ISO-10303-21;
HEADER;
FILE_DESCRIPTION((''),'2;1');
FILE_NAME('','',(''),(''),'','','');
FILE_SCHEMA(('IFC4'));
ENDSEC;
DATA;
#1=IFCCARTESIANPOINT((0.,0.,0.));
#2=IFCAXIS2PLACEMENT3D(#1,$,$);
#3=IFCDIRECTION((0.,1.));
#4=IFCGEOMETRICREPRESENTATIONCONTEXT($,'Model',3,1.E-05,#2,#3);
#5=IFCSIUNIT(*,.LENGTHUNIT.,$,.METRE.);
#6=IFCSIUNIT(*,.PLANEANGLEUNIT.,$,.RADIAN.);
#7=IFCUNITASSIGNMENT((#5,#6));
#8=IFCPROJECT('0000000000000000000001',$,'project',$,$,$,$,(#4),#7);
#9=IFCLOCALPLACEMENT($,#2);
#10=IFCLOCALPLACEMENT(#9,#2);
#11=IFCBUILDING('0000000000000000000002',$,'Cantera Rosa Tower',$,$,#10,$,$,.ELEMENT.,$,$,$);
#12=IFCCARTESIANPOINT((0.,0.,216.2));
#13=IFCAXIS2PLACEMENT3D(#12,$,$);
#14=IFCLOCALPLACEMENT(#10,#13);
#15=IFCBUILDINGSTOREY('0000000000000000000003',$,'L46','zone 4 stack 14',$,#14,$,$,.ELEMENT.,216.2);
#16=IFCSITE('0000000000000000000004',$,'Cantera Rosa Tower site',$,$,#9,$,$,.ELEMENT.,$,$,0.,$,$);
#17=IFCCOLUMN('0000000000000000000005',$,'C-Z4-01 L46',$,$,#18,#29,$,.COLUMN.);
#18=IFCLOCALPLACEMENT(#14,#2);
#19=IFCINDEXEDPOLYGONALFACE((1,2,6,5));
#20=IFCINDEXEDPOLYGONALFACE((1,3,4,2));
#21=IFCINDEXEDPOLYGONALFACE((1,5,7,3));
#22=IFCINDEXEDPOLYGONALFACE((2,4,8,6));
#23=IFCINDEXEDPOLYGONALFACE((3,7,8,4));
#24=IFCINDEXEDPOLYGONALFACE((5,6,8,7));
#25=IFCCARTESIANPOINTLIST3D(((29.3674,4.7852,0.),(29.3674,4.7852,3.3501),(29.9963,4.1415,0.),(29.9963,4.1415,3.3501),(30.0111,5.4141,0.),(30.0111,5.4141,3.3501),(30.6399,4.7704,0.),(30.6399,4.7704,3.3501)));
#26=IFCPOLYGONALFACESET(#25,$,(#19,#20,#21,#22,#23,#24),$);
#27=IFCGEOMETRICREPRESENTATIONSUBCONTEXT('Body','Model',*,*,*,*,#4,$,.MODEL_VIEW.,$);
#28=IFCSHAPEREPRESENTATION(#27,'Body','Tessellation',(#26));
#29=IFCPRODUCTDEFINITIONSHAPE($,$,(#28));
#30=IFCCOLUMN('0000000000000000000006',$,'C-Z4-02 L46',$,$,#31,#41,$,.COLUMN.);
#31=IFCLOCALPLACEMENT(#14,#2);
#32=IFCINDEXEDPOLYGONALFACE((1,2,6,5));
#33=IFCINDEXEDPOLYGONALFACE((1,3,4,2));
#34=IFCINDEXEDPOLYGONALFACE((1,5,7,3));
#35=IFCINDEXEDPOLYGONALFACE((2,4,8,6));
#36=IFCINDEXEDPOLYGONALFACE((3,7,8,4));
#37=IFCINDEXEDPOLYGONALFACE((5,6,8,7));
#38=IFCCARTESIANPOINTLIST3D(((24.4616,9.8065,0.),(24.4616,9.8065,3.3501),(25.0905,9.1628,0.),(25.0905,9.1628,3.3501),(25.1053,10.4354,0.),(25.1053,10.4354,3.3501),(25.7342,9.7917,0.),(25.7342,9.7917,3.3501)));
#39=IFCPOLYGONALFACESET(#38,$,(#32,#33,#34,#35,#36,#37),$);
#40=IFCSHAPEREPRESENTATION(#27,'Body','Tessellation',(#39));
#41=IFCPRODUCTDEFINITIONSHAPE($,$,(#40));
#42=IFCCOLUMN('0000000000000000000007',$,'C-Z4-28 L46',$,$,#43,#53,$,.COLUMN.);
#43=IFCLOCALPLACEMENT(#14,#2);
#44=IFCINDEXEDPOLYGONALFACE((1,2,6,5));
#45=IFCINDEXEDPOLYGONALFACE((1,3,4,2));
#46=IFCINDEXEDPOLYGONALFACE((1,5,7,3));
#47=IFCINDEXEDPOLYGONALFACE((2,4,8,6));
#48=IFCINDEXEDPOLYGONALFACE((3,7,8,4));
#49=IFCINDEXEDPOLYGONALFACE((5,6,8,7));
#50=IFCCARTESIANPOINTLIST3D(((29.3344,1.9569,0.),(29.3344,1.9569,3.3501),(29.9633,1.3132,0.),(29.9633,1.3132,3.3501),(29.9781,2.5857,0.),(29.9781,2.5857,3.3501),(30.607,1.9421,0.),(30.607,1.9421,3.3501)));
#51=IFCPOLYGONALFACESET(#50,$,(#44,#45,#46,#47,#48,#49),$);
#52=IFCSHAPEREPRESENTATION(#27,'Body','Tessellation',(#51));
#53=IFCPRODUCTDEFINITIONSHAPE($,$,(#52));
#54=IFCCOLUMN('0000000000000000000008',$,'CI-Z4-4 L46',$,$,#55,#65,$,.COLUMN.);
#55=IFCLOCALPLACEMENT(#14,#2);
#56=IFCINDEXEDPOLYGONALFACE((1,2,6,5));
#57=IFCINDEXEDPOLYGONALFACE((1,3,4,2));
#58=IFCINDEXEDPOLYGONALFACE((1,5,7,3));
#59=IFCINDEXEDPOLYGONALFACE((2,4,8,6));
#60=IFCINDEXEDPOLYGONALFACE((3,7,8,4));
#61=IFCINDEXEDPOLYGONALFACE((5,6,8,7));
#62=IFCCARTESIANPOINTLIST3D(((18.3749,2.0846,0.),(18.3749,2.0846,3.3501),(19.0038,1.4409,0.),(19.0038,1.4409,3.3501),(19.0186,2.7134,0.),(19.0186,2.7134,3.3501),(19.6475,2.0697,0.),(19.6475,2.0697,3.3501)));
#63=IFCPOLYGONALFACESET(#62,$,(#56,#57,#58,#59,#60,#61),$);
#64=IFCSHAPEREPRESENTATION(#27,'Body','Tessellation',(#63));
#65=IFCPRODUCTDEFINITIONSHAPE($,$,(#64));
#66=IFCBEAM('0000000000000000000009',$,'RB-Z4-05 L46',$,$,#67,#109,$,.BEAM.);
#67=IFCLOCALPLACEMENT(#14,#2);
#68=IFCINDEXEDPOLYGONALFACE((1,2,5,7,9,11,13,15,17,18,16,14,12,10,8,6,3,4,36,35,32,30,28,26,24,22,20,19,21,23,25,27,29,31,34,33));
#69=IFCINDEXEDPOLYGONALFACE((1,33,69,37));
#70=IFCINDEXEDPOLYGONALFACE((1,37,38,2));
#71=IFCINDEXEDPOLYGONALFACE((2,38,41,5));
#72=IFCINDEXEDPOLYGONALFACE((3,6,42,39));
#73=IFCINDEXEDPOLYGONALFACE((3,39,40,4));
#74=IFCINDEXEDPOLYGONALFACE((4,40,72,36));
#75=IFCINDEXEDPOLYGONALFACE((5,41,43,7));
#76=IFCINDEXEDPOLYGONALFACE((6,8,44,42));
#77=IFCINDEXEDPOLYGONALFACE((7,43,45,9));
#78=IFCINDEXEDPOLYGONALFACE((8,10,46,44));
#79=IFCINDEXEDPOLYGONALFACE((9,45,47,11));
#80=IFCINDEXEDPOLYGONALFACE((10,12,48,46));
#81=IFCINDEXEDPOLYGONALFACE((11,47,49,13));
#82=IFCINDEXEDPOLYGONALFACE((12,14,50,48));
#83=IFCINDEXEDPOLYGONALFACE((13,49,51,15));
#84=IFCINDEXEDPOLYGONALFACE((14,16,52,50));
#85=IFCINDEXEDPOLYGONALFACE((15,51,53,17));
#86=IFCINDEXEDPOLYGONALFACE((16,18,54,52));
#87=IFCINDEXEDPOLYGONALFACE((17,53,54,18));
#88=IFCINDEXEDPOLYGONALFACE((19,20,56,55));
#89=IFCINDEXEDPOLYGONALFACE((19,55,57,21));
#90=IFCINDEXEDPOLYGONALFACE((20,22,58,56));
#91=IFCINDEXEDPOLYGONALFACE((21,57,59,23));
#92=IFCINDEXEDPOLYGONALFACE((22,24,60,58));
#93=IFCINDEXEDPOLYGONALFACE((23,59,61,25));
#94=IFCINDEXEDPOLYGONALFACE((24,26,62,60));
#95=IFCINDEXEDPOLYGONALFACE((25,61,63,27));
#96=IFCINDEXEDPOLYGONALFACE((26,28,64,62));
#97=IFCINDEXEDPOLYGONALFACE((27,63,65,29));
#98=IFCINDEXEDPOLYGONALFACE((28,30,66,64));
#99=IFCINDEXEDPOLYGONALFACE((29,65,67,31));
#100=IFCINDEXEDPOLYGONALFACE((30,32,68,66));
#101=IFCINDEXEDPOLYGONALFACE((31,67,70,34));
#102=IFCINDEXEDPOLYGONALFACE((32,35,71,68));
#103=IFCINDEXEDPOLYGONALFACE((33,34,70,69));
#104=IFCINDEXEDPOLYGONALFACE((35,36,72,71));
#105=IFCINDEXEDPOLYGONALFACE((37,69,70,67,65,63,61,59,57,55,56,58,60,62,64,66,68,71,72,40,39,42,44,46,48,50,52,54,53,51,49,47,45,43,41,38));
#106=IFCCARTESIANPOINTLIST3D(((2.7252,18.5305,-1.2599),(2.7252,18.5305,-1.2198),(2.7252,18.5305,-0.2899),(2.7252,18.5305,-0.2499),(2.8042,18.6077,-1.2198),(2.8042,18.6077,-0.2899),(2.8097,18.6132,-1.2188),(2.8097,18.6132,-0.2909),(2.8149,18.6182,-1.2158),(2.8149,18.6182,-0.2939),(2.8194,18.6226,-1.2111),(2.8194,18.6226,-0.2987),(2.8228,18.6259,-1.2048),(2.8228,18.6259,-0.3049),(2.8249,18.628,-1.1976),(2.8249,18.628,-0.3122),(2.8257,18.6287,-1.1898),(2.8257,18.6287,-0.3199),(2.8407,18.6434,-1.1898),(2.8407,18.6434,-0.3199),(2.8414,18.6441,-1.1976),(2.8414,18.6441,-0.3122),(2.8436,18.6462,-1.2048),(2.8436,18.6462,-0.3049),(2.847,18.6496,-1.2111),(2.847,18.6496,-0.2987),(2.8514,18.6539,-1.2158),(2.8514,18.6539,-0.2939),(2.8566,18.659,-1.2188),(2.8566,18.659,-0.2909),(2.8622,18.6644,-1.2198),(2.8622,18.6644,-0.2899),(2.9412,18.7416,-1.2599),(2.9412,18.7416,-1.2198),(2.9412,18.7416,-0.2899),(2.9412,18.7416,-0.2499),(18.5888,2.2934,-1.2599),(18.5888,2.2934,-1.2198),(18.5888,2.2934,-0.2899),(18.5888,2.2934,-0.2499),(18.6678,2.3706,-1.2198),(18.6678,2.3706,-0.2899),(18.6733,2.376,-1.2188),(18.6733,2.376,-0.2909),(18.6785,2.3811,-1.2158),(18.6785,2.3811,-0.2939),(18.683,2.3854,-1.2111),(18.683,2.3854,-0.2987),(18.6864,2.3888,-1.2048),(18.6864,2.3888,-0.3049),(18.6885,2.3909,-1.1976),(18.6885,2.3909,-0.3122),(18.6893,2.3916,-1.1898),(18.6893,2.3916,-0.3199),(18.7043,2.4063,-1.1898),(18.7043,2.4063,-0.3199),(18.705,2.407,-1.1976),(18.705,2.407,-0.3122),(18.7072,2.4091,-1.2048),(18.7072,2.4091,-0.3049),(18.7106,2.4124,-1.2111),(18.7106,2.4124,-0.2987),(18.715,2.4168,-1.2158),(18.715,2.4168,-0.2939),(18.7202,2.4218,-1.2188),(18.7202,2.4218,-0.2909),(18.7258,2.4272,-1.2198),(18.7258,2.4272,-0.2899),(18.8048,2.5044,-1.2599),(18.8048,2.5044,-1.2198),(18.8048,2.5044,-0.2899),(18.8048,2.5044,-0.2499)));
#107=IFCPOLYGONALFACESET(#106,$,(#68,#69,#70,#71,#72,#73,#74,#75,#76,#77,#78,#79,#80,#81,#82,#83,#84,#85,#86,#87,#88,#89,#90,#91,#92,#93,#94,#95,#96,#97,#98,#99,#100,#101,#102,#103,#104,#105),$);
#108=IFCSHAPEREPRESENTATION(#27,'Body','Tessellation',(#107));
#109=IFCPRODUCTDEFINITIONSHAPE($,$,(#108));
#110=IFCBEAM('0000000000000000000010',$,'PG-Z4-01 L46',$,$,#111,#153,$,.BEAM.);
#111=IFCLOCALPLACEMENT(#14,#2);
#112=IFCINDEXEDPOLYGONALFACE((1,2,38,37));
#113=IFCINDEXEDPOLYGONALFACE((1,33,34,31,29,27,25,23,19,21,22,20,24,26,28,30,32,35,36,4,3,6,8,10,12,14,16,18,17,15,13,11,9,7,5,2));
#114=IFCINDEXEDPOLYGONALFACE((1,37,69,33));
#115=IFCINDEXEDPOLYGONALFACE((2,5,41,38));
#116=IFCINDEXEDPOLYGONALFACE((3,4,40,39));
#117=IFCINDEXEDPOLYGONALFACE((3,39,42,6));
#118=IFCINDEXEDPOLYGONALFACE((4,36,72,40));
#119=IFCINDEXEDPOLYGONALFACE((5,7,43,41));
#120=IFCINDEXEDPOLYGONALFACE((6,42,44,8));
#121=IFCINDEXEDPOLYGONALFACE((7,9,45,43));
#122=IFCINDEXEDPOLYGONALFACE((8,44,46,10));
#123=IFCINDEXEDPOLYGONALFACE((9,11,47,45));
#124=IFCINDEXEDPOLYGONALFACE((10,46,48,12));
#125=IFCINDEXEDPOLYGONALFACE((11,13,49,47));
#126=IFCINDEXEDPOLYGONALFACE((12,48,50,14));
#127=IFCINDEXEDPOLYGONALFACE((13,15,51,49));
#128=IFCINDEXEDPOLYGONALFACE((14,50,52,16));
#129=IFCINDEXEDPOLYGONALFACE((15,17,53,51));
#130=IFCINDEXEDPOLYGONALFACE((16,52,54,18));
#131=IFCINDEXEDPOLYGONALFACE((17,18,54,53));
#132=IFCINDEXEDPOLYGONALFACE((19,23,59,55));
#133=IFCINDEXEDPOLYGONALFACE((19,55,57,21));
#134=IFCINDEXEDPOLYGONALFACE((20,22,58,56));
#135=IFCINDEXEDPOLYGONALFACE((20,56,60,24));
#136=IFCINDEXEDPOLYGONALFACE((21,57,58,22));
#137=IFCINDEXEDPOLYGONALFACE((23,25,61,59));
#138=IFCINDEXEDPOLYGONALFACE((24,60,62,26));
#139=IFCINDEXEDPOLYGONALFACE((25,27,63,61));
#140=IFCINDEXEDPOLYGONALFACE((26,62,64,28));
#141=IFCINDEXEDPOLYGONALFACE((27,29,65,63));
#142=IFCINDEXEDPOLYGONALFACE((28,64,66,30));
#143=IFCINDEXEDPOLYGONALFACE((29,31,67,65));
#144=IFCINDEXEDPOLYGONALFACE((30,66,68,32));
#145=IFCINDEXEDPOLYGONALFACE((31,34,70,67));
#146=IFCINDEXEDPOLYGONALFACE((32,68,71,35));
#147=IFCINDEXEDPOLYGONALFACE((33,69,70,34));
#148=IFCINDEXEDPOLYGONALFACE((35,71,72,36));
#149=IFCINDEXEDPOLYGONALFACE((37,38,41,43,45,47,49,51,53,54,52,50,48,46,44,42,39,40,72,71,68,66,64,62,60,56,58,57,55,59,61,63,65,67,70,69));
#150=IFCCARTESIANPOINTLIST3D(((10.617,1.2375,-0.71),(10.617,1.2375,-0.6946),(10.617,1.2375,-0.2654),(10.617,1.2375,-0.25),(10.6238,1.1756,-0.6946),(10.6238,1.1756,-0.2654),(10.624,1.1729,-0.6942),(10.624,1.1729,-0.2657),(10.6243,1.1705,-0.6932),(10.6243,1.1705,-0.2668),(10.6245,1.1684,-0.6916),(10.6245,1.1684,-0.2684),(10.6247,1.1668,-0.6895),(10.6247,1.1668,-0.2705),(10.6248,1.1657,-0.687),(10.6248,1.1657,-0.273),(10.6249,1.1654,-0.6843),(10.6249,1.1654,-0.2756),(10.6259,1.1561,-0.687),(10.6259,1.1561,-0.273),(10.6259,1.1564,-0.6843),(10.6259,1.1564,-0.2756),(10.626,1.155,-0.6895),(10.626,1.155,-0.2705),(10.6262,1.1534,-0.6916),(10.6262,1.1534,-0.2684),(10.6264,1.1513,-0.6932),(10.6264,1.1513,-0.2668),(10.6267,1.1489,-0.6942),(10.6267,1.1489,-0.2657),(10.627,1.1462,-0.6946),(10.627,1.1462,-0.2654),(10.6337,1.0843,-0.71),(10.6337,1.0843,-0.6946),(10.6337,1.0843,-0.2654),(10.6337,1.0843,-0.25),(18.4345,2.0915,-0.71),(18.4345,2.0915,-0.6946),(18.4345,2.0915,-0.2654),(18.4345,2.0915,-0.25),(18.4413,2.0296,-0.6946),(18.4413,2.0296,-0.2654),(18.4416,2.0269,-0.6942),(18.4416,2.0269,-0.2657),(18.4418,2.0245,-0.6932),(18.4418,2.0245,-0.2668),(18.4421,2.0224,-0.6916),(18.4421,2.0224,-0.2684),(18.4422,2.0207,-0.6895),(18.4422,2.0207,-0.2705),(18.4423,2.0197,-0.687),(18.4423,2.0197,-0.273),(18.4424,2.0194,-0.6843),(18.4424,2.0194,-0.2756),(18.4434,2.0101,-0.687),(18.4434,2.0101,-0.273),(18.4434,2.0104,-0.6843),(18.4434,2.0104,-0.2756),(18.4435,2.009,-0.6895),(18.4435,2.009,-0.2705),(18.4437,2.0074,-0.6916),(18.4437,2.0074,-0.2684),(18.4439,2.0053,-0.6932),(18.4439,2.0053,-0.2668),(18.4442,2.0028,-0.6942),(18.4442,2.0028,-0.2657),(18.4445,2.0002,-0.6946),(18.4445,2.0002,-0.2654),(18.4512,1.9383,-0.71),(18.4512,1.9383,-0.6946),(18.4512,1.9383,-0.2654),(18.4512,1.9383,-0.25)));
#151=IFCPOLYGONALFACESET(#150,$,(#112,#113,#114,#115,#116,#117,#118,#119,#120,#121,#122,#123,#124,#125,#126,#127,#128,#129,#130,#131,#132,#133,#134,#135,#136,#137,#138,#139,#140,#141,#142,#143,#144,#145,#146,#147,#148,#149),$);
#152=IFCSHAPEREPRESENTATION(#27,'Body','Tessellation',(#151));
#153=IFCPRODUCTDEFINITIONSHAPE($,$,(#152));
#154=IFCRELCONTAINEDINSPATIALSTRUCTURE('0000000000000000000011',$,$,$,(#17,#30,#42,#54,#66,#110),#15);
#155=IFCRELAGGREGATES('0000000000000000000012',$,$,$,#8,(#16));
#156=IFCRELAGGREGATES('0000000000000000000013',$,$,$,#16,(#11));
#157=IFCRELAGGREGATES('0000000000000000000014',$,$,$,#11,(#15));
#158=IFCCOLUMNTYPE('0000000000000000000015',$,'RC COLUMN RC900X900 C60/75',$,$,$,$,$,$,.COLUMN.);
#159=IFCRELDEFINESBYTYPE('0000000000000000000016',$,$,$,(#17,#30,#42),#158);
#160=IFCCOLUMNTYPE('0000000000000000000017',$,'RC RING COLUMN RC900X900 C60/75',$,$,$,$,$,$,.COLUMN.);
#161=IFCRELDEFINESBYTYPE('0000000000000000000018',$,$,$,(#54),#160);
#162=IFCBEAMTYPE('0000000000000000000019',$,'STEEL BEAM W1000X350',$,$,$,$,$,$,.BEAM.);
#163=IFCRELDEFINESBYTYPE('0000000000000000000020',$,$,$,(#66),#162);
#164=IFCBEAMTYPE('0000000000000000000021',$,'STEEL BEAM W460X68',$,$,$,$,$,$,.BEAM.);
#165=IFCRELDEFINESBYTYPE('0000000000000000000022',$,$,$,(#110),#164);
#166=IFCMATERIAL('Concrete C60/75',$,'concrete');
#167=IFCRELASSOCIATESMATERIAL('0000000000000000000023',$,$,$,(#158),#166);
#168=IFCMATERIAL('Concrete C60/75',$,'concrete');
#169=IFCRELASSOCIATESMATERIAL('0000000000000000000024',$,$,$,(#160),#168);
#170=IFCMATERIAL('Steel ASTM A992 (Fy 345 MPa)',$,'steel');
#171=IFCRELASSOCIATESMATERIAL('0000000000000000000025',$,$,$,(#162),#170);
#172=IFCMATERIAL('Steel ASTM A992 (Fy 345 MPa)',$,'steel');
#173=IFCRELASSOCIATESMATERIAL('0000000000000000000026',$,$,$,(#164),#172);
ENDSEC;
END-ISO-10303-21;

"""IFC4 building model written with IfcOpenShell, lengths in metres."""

from ifc_helpers import new_model, si_unit, direction, frame, origin, origin_2d, place, context, subcontext, project, spatial, rectangle, i_section, extrude, material, material_profile, profile_set, type_object, element, save


model = new_model("IFC4")

# Units and contexts
model_context = context("Model", 3, precision=1e-05, world=origin(), true_north=direction((0.0, 1.0)))
body_context = subcontext(model_context, "Body", "Model", "MODEL_VIEW")
ifc_project = project(units=[si_unit("LENGTHUNIT", "METRE"), si_unit("PLANEANGLEUNIT", "RADIAN")], contexts=[model_context])

# Site, building, storey
site_placement = place(None, origin())
site = spatial("IfcSite", under=ifc_project, at=site_placement, Name="Cantera Rosa Tower site", CompositionType="ELEMENT", RefElevation=0.0)
building_placement = place(site_placement, origin())
building = spatial("IfcBuilding", under=site, at=building_placement, Name="Cantera Rosa Tower", CompositionType="ELEMENT")
storey_placement = place(building_placement, frame((0.0, 0.0, 216.2)))
storey = spatial("IfcBuildingStorey", under=building, at=storey_placement, Name="L46", Description="zone 4 stack 14", CompositionType="ELEMENT", Elevation=216.2)

# Columns
ifc_material_1 = material(Name="Concrete C60/75", Category="concrete")
ifc_material_profile_1 = material_profile(ifc_material_1, rectangle(XDim=0.8999, YDim=0.8999, at=origin_2d()), Name="RC COLUMN RC900X900 C60/75")
ifc_profile_set_1 = profile_set([ifc_material_profile_1], Name="Concrete C60/75")
column_type_1 = type_object("IfcColumnType", Name="RC COLUMN RC900X900 C60/75", PredefinedType="COLUMN", material=ifc_profile_set_1)
for number, where, z_axis, x_axis, name in (
    (1, (30.0037, 4.7778, 0.0), (0.0, 0.0, 1.0), (0.715286, 0.698832, 0.0), "C-Z4-01 L46"),
    (2, (25.0979, 9.7991, 0.0), (0.0, 0.0, 1.0), (0.715286, 0.698832, 0.0), "C-Z4-02 L46"),
    (3, (29.9707, 1.9495, 0.0), (0.0, 0.0, 1.0), (0.715286, 0.698832, 0.0), "C-Z4-28 L46"),
):
    element("IfcColumn", number, at=place(storey_placement, frame(where, z_axis=z_axis, x_axis=x_axis)), inside=storey, type_object=column_type_1, Name=name, PredefinedType="COLUMN", context=body_context, shape_type="SweptSolid", body=[
        extrude(rectangle(XDim=0.8999, YDim=0.8999, at=origin_2d()), origin(), (0.0, 0.0, 1.0), 3.3501),
    ])
ifc_material_2 = material(Name="Concrete C60/75", Category="concrete")
ifc_material_profile_2 = material_profile(ifc_material_2, rectangle(XDim=0.8999, YDim=0.8999, at=origin_2d()), Name="RC RING COLUMN RC900X900 C60/75")
ifc_profile_set_2 = profile_set([ifc_material_profile_2], Name="Concrete C60/75")
column_type_2 = type_object("IfcColumnType", Name="RC RING COLUMN RC900X900 C60/75", PredefinedType="COLUMN", material=ifc_profile_set_2)
column_placement = place(storey_placement, frame((19.0112, 2.0771, 0.0), z_axis=(0.0, 0.0, 1.0), x_axis=(0.715286, 0.698832, 0.0)))
element("IfcColumn", 4, at=column_placement, inside=storey, type_object=column_type_2, Name="CI-Z4-4 L46", PredefinedType="COLUMN", context=body_context, shape_type="SweptSolid", body=[
    extrude(rectangle(XDim=0.8999, YDim=0.8999, at=origin_2d()), origin(), (0.0, 0.0, 1.0), 3.3501),
])

# Beams
ifc_material_3 = material(Name="Steel ASTM A992 (Fy 345 MPa)", Category="steel")
ifc_material_profile_3 = material_profile(ifc_material_3, i_section(OverallWidth=0.302, OverallDepth=1.01, WebThickness=0.021, FlangeThickness=0.04, FilletRadius=0.03, at=origin_2d()), Name="W1000X350")
ifc_profile_set_3 = profile_set([ifc_material_profile_3], Name="Steel ASTM A992 (Fy 345 MPa)")
beam_type_1 = type_object("IfcBeamType", Name="STEEL BEAM W1000X350", PredefinedType="BEAM", material=ifc_profile_set_3)
beam_1_placement = place(storey_placement, frame((18.6968, 2.3989, -0.7549), z_axis=(-0.698831, 0.715287, 0.0), x_axis=(-0.715287, -0.698831, 0.0)))
element("IfcBeam", 5, at=beam_1_placement, inside=storey, type_object=beam_type_1, Name="RB-Z4-05 L46", PredefinedType="BEAM", context=body_context, shape_type="SweptSolid", body=[
    extrude(i_section(OverallWidth=0.302, OverallDepth=1.01, WebThickness=0.021, FlangeThickness=0.04, FilletRadius=0.03, at=origin_2d()), origin(), (0.0, 0.0, 1.0), 22.7002),
])
ifc_material_4 = material(Name="Steel ASTM A992 (Fy 345 MPa)", Category="steel")
ifc_material_profile_4 = material_profile(ifc_material_4, i_section(OverallWidth=0.1541, OverallDepth=0.46, WebThickness=0.009, FlangeThickness=0.0154, FilletRadius=0.0103, at=origin_2d()), Name="W460X68")
ifc_profile_set_4 = profile_set([ifc_material_profile_4], Name="Steel ASTM A992 (Fy 345 MPa)")
beam_type_2 = type_object("IfcBeamType", Name="STEEL BEAM W460X68", PredefinedType="BEAM", material=ifc_profile_set_4)
beam_2_placement = place(storey_placement, frame((18.4429, 2.0149, -0.48), z_axis=(-0.994086, -0.108595, 0.0), x_axis=(0.108595, -0.994086, 0.0)))
element("IfcBeam", 6, at=beam_2_placement, inside=storey, type_object=beam_type_2, Name="PG-Z4-01 L46", PredefinedType="BEAM", context=body_context, shape_type="SweptSolid", body=[
    extrude(i_section(OverallWidth=0.1541, OverallDepth=0.46, WebThickness=0.009, FlangeThickness=0.0154, FilletRadius=0.0103, at=origin_2d()), origin(), (0.0, 0.0, 1.0), 7.864),
])

save(model, "model.ifc")
